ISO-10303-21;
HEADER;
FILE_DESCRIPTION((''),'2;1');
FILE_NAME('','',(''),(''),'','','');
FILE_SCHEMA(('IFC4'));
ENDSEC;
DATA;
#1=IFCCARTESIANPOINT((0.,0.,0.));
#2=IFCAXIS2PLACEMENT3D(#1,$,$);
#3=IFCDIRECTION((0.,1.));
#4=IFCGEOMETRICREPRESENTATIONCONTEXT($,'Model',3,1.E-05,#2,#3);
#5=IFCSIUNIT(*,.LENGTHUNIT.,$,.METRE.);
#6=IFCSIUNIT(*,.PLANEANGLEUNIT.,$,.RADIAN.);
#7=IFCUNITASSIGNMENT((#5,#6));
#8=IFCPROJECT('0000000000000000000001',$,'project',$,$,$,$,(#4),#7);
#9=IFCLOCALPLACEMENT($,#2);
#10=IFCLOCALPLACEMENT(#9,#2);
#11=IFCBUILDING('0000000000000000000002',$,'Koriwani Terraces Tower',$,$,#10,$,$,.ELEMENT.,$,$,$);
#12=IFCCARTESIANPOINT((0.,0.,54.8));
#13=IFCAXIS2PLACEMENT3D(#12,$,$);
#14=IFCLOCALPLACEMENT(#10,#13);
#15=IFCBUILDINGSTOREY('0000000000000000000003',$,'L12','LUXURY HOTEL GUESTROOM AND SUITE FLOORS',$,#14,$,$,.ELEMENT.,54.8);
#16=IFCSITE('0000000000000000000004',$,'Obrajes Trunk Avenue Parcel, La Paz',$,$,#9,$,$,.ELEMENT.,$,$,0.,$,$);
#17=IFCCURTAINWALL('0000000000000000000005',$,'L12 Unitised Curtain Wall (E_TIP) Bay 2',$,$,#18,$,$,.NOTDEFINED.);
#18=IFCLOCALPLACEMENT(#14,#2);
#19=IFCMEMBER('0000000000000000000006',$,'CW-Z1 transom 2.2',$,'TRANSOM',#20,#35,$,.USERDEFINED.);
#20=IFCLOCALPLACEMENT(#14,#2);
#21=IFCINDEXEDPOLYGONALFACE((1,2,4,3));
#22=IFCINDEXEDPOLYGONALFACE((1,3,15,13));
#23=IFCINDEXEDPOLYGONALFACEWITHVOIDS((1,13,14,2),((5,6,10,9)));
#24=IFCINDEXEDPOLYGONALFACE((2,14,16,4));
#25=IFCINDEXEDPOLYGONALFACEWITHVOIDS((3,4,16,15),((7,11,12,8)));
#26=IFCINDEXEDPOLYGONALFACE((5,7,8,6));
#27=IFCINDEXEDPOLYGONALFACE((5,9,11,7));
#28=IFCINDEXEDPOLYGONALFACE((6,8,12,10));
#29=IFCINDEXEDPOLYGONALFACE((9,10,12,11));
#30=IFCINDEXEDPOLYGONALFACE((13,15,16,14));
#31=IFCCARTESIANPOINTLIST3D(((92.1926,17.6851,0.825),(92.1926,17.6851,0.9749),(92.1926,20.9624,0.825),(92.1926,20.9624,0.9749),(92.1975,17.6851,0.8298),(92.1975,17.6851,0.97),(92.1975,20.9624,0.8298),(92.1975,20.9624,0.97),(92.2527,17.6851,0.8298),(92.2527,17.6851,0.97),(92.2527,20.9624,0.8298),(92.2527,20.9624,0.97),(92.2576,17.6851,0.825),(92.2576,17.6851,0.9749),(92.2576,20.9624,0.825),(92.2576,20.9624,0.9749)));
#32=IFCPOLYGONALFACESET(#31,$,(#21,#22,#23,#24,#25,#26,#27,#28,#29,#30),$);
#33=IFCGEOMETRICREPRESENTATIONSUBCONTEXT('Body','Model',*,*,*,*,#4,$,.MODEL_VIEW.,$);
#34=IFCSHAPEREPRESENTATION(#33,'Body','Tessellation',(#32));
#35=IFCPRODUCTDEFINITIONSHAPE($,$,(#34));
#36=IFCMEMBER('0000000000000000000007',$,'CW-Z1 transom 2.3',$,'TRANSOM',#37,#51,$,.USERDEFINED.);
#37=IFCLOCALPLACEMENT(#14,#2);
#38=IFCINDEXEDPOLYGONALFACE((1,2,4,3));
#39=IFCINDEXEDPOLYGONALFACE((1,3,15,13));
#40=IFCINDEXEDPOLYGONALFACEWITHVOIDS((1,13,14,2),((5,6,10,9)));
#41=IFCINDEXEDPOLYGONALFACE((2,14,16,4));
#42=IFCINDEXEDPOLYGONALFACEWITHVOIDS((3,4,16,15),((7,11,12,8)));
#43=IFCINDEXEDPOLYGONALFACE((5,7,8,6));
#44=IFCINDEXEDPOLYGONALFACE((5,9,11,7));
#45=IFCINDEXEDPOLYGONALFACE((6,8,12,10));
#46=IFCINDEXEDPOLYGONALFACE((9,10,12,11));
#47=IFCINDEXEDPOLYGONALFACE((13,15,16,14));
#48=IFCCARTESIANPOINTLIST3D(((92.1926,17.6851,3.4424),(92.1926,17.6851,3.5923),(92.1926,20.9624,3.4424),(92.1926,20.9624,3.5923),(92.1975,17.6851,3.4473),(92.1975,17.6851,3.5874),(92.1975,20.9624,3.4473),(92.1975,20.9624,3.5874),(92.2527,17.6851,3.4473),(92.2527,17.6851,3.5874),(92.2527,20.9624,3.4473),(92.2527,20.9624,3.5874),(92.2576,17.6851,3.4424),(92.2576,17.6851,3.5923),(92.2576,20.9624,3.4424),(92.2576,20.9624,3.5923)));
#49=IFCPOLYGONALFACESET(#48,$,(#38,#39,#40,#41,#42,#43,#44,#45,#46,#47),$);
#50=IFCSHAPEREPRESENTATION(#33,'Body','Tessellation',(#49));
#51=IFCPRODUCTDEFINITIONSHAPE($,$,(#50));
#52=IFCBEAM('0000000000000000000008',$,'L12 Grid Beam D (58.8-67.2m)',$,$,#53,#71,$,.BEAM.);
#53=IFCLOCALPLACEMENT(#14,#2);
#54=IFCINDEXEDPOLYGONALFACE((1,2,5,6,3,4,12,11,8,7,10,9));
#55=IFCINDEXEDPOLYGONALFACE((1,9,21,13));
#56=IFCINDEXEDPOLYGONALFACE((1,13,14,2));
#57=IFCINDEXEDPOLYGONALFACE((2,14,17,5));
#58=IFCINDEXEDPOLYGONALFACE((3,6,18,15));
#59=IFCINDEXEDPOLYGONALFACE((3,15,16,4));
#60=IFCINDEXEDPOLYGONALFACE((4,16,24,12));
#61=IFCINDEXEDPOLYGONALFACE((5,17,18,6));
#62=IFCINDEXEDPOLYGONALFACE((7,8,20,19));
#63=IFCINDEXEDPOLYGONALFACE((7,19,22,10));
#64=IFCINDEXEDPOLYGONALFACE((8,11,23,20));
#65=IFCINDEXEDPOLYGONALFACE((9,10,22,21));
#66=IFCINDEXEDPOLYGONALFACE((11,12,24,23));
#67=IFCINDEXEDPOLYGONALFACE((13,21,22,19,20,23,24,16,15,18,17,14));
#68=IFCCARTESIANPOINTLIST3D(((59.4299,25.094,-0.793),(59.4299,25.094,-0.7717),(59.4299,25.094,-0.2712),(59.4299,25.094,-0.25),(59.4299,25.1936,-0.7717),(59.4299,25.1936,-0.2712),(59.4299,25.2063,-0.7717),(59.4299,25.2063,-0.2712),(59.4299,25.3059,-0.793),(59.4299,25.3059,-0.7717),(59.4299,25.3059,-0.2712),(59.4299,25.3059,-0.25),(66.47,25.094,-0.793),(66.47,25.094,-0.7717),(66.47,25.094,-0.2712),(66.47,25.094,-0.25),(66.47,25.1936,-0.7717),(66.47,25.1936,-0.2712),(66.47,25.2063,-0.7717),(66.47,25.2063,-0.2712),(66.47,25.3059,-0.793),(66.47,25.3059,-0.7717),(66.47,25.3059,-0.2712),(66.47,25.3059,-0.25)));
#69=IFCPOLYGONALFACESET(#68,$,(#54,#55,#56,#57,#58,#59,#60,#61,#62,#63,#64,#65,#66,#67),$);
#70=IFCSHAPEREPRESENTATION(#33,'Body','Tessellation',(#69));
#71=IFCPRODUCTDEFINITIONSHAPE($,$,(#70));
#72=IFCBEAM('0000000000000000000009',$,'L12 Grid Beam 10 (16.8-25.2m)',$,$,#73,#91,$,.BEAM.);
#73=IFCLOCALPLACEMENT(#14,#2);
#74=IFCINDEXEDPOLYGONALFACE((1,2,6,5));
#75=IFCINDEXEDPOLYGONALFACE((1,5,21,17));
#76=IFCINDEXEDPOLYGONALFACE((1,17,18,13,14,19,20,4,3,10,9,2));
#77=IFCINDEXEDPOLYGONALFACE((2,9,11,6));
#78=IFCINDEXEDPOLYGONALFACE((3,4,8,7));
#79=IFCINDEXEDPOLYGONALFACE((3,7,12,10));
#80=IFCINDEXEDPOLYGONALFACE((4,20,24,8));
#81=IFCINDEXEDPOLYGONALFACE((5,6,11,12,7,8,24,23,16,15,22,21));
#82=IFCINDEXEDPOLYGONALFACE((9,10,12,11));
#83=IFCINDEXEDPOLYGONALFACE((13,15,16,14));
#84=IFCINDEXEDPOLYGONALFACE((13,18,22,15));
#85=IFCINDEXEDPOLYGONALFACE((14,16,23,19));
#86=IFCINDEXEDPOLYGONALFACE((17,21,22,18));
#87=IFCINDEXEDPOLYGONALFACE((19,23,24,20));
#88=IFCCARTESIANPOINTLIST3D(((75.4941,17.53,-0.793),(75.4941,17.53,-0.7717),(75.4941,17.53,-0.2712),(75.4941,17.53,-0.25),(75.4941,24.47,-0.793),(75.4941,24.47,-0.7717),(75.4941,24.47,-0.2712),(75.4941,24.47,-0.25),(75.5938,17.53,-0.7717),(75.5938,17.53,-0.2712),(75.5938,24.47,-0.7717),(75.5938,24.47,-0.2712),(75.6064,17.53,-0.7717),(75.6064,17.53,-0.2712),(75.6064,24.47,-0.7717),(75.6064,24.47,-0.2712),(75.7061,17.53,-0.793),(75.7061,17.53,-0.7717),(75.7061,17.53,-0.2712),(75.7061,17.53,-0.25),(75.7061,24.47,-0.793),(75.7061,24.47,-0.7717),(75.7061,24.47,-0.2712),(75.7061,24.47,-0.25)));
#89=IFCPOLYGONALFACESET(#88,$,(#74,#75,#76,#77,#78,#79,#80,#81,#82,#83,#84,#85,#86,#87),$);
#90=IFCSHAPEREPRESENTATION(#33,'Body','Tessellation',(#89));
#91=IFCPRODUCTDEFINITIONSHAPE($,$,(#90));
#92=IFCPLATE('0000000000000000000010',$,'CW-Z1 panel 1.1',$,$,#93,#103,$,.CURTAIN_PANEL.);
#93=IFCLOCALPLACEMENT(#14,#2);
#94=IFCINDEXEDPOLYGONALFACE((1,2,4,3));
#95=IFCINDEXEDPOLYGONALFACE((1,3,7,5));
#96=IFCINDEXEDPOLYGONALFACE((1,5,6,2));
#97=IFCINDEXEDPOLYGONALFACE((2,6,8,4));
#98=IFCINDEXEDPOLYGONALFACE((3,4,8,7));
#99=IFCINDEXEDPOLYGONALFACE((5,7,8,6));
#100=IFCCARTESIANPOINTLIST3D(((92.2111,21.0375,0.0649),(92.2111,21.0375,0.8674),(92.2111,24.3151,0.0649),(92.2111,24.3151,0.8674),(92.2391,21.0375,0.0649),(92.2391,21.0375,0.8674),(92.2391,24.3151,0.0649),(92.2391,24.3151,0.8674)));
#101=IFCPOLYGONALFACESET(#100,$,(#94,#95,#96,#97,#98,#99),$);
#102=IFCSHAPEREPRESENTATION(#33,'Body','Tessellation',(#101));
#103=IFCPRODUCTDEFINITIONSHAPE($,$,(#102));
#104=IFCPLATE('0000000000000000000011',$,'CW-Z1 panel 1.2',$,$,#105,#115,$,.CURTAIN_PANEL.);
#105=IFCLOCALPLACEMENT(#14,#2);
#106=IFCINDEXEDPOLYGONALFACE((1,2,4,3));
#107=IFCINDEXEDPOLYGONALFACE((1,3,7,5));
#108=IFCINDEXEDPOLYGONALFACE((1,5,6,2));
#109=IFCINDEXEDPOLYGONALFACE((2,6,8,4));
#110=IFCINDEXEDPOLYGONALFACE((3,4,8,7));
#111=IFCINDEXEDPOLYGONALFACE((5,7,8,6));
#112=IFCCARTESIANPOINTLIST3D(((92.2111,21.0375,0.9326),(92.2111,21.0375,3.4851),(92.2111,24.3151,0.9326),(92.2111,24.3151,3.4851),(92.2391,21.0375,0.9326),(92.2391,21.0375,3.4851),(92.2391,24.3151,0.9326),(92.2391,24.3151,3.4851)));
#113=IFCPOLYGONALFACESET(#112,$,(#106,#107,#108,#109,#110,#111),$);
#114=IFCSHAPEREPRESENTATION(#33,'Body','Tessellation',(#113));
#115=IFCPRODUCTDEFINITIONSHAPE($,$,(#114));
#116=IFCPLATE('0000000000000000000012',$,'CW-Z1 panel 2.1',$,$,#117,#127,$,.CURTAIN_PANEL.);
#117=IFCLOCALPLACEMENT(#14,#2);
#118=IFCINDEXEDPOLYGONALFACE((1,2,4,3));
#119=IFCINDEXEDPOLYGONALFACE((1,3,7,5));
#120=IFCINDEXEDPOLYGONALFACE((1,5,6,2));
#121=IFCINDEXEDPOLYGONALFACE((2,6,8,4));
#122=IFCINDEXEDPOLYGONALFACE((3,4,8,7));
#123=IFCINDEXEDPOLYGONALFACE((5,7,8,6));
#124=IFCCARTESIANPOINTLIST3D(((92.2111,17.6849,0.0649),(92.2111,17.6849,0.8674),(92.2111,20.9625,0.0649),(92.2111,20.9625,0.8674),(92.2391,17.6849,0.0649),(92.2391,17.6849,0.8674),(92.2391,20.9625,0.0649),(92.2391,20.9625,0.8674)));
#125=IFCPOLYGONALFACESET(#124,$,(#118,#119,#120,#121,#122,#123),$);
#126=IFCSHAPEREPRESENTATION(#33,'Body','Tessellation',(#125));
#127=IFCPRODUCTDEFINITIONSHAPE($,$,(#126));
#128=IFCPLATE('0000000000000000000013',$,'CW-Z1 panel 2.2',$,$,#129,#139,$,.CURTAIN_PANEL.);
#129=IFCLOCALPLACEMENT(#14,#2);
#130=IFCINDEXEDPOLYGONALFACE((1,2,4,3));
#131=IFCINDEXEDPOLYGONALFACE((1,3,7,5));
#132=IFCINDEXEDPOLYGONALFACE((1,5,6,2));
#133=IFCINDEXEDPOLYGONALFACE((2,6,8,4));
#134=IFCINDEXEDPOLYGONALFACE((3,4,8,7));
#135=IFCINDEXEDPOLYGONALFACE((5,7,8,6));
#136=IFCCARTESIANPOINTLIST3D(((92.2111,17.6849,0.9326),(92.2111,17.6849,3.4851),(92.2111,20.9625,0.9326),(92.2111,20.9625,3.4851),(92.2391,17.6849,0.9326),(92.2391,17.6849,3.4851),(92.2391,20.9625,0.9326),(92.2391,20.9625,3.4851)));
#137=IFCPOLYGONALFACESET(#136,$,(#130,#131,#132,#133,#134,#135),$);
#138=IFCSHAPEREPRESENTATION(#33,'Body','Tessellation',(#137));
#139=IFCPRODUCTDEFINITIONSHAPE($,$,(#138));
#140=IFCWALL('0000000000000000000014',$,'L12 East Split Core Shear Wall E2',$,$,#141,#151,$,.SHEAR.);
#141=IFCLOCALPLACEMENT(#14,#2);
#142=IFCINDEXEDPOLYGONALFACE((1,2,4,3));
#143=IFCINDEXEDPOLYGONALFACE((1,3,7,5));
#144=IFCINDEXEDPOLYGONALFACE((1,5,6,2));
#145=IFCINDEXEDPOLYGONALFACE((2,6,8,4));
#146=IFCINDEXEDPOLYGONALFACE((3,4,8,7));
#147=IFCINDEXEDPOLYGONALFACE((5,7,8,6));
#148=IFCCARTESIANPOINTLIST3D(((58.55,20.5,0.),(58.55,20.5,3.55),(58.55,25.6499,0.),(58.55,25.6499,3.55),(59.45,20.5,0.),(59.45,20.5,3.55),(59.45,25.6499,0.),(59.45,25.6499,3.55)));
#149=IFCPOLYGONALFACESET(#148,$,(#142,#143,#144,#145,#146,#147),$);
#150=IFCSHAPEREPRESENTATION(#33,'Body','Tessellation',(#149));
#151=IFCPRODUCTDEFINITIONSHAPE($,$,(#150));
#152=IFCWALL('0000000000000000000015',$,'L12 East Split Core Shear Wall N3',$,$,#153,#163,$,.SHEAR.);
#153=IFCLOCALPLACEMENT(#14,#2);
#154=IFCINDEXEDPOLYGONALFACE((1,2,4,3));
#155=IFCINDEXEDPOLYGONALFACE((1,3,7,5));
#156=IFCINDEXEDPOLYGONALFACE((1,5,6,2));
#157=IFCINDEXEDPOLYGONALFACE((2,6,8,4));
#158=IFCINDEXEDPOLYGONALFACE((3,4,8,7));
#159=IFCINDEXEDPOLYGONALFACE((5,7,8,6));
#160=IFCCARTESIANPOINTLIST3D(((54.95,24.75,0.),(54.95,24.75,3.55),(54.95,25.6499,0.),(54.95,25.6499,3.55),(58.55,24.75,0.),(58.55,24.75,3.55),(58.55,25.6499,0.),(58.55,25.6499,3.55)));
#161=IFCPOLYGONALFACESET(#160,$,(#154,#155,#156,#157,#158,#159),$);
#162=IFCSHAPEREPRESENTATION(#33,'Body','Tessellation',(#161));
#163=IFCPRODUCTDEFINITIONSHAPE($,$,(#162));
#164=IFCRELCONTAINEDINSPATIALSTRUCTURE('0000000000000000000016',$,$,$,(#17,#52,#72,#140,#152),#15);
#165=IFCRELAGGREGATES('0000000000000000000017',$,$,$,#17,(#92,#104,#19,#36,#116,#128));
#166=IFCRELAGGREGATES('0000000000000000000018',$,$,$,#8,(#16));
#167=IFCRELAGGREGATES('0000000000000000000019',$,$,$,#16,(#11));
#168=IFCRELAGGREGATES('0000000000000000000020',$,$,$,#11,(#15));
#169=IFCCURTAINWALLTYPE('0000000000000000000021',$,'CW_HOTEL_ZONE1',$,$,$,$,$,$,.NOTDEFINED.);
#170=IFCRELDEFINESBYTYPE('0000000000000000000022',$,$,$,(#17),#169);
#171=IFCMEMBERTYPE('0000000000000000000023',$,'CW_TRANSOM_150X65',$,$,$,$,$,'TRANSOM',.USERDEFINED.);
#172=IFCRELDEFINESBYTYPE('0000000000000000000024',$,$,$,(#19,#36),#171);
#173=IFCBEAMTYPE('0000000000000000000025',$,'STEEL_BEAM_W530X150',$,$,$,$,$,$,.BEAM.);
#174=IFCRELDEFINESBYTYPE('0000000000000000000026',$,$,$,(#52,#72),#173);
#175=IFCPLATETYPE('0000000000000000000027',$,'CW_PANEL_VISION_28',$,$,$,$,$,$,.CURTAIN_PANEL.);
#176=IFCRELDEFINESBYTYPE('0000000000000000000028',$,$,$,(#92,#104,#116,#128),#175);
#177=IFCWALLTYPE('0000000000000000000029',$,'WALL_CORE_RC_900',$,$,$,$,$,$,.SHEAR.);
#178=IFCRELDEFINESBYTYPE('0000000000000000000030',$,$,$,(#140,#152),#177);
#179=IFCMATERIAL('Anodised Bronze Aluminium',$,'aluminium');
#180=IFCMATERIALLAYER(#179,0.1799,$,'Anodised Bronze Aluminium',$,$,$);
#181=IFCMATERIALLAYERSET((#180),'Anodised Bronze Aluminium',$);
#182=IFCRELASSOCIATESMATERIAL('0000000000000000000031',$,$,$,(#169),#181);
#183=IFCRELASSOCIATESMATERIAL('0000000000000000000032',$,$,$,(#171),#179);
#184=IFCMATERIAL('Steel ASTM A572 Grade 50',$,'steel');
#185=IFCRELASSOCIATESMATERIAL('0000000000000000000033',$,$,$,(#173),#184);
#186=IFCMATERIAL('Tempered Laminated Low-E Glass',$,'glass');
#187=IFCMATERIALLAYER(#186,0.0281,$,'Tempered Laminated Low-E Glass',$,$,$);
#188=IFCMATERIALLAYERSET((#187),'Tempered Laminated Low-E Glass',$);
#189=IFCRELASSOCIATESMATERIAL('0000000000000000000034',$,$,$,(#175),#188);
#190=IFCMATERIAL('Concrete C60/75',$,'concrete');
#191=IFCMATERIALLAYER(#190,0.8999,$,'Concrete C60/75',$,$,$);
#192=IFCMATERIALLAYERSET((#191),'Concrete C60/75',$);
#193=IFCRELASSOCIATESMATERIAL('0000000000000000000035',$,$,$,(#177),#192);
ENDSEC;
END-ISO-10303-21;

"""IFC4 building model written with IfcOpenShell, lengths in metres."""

from ifc_helpers import new_model, si_unit, direction, frame, frame_2d, origin, origin_2d, place, context, subcontext, project, spatial, rectangle, hollow_rectangle, i_section, extrude, material, layer, layer_set, material_profile, profile_set, type_object, element, aggregate, save


model = new_model("IFC4")

# Units and contexts
model_context = context("Model", 3, precision=1e-05, world=origin(), true_north=direction((0.0, 1.0)))
body_context = subcontext(model_context, "Body", "Model", "MODEL_VIEW")
ifc_project = project(units=[si_unit("LENGTHUNIT", "METRE"), si_unit("PLANEANGLEUNIT", "RADIAN")], contexts=[model_context])

# Site, building, storey
site_placement = place(None, origin())
site = spatial("IfcSite", under=ifc_project, at=site_placement, Name="Obrajes Trunk Avenue Parcel, La Paz", CompositionType="ELEMENT", RefElevation=0.0)
building_placement = place(site_placement, origin())
building = spatial("IfcBuilding", under=site, at=building_placement, Name="Koriwani Terraces Tower", CompositionType="ELEMENT")
storey_placement = place(building_placement, frame((0.0, 0.0, 54.8)))
storey = spatial("IfcBuildingStorey", under=building, at=storey_placement, Name="L12", Description="LUXURY HOTEL GUESTROOM AND SUITE FLOORS", CompositionType="ELEMENT", Elevation=54.8)

# Shared definitions
ifc_material_1 = material(Name="Concrete C60/75", Category="concrete")

# Curtain wall, members
ifc_material_2 = material(Name="Anodised Bronze Aluminium", Category="aluminium")
ifc_layer_1 = layer(ifc_material_2, 0.1799, Name="Anodised Bronze Aluminium")
ifc_layer_set_1 = layer_set([ifc_layer_1], Name="Anodised Bronze Aluminium")
curtain_wall_type = type_object("IfcCurtainWallType", Name="CW_HOTEL_ZONE1", PredefinedType="NOTDEFINED", material=ifc_layer_set_1)
curtain_wall_placement = place(storey_placement, origin())
curtain_wall = element("IfcCurtainWall", 1, at=curtain_wall_placement, inside=storey, type_object=curtain_wall_type, Name="L12 Unitised Curtain Wall (E_TIP) Bay 2", PredefinedType="NOTDEFINED")
ifc_material_profile_1 = material_profile(ifc_material_2, hollow_rectangle(XDim=0.0649, YDim=0.1499, WallThickness=0.0049, at=origin_2d()), Name="Anodised Bronze Aluminium", Category="LoadBearing")
ifc_profile_set_1 = profile_set([ifc_material_profile_1], Name="Anodised Bronze Aluminium")
member_type_1 = type_object("IfcMemberType", Name="CW_TRANSOM_150X65", ElementType="TRANSOM", PredefinedType="USERDEFINED", material=ifc_profile_set_1)
member_1_placement = place(storey_placement, frame((92.2251, 20.9624, 0.8999), z_axis=(0.0, -1.0, 0.0), x_axis=(1.0, 0.0, 0.0)))
member_1 = element("IfcMember", 2, at=member_1_placement, type_object=member_type_1, Name="CW-Z1 transom 2.2", ObjectType="TRANSOM", PredefinedType="USERDEFINED", context=body_context, shape_type="SweptSolid", body=[
    extrude(hollow_rectangle(XDim=0.0649, YDim=0.1499, WallThickness=0.0049, at=origin_2d()), origin(), (0.0, 0.0, 1.0), 3.2773),
])
member_2_placement = place(storey_placement, frame((92.2251, 20.9624, 3.5173), z_axis=(0.0, -1.0, 0.0), x_axis=(1.0, 0.0, 0.0)))
member_2 = element("IfcMember", 3, at=member_2_placement, type_object=member_type_1, Name="CW-Z1 transom 2.3", ObjectType="TRANSOM", PredefinedType="USERDEFINED", context=body_context, shape_type="SweptSolid", body=[
    extrude(hollow_rectangle(XDim=0.0649, YDim=0.1499, WallThickness=0.0049, at=origin_2d()), origin(), (0.0, 0.0, 1.0), 3.2773),
])

# Beams
ifc_material_3 = material(Name="Steel ASTM A572 Grade 50", Category="steel")
ifc_material_profile_2 = material_profile(ifc_material_3, i_section(OverallWidth=0.2119, OverallDepth=0.543, WebThickness=0.0127, FlangeThickness=0.0212, at=origin_2d()), Name="Steel ASTM A572 Grade 50", Category="LoadBearing")
ifc_profile_set_2 = profile_set([ifc_material_profile_2], Name="Steel ASTM A572 Grade 50")
beam_type_1 = type_object("IfcBeamType", Name="STEEL_BEAM_W530X150", PredefinedType="BEAM", material=ifc_profile_set_2)
beam_1_placement = place(storey_placement, frame((59.4299, 25.2, -0.5215), z_axis=(1.0, 0.0, 0.0), x_axis=(0.0, 1.0, 0.0)))
element("IfcBeam", 4, at=beam_1_placement, inside=storey, type_object=beam_type_1, Name="L12 Grid Beam D (58.8-67.2m)", PredefinedType="BEAM", context=body_context, shape_type="SweptSolid", body=[
    extrude(i_section(OverallWidth=0.2119, OverallDepth=0.543, WebThickness=0.0127, FlangeThickness=0.0212, at=origin_2d()), origin(), (0.0, 0.0, 1.0), 7.04),
])
beam_2_placement = place(storey_placement, frame((75.6001, 17.53, -0.5215), z_axis=(0.0, 1.0, 0.0), x_axis=(-1.0, 0.0, 0.0)))
element("IfcBeam", 5, at=beam_2_placement, inside=storey, type_object=beam_type_1, Name="L12 Grid Beam 10 (16.8-25.2m)", PredefinedType="BEAM", context=body_context, shape_type="SweptSolid", body=[
    extrude(i_section(OverallWidth=0.2119, OverallDepth=0.543, WebThickness=0.0127, FlangeThickness=0.0212, at=origin_2d()), origin(), (0.0, 0.0, 1.0), 6.9399),
])

# Plates
ifc_material_4 = material(Name="Tempered Laminated Low-E Glass", Category="glass")
ifc_layer_2 = layer(ifc_material_4, 0.0281, Name="Tempered Laminated Low-E Glass")
ifc_layer_set_2 = layer_set([ifc_layer_2], Name="Tempered Laminated Low-E Glass")
plate_type = type_object("IfcPlateType", Name="CW_PANEL_VISION_28", PredefinedType="CURTAIN_PANEL", material=ifc_layer_set_2)
plate_1_placement = place(storey_placement, frame((92.2251, 22.6763, 0.0649), z_axis=(0.0, 0.0, 1.0), x_axis=(0.0, -1.0, 0.0)))
plate_1 = element("IfcPlate", 6, at=plate_1_placement, type_object=plate_type, Name="CW-Z1 panel 1.1", PredefinedType="CURTAIN_PANEL", context=body_context, shape_type="SweptSolid", body=[
    extrude(rectangle(XDim=3.2776, YDim=0.0281, at=origin_2d()), origin(), (0.0, 0.0, 1.0), 0.8025),
])
plate_2_placement = place(storey_placement, frame((92.2251, 22.6763, 0.9326), z_axis=(0.0, 0.0, 1.0), x_axis=(0.0, -1.0, 0.0)))
plate_2 = element("IfcPlate", 7, at=plate_2_placement, type_object=plate_type, Name="CW-Z1 panel 1.2", PredefinedType="CURTAIN_PANEL", context=body_context, shape_type="SweptSolid", body=[
    extrude(rectangle(XDim=3.2776, YDim=0.0281, at=origin_2d()), origin(), (0.0, 0.0, 1.0), 2.5525),
])
plate_3_placement = place(storey_placement, frame((92.2251, 19.3237, 0.0649), z_axis=(0.0, 0.0, 1.0), x_axis=(0.0, -1.0, 0.0)))
plate_3 = element("IfcPlate", 8, at=plate_3_placement, type_object=plate_type, Name="CW-Z1 panel 2.1", PredefinedType="CURTAIN_PANEL", context=body_context, shape_type="SweptSolid", body=[
    extrude(rectangle(XDim=3.2776, YDim=0.0281, at=origin_2d()), origin(), (0.0, 0.0, 1.0), 0.8025),
])
plate_4_placement = place(storey_placement, frame((92.2251, 19.3237, 0.9326), z_axis=(0.0, 0.0, 1.0), x_axis=(0.0, -1.0, 0.0)))
plate_4 = element("IfcPlate", 9, at=plate_4_placement, type_object=plate_type, Name="CW-Z1 panel 2.2", PredefinedType="CURTAIN_PANEL", context=body_context, shape_type="SweptSolid", body=[
    extrude(rectangle(XDim=3.2776, YDim=0.0281, at=origin_2d()), origin(), (0.0, 0.0, 1.0), 2.5525),
])
aggregate(curtain_wall, [plate_1, plate_2, member_1, member_2, plate_3, plate_4])

# Walls
ifc_layer_3 = layer(ifc_material_1, 0.8999, Name="Concrete C60/75")
ifc_layer_set_3 = layer_set([ifc_layer_3], Name="Concrete C60/75")
wall_type_1 = type_object("IfcWallType", Name="WALL_CORE_RC_900", PredefinedType="SHEAR", material=ifc_layer_set_3)
wall_1_placement = place(storey_placement, frame((59.0, 20.5, 0.0), z_axis=(0.0, 0.0, 1.0), x_axis=(0.0, 1.0, 0.0)))
element("IfcWall", 10, at=wall_1_placement, inside=storey, type_object=wall_type_1, Name="L12 East Split Core Shear Wall E2", PredefinedType="SHEAR", context=body_context, shape_type="SweptSolid", body=[
    extrude(rectangle(XDim=5.1499, YDim=0.8999, at=frame_2d((2.575, 0.0))), origin(), (0.0, 0.0, 1.0), 3.55),
])
wall_2_placement = place(storey_placement, frame((54.95, 25.2, 0.0), z_axis=(0.0, 0.0, 1.0), x_axis=(1.0, 0.0, 0.0)))
element("IfcWall", 11, at=wall_2_placement, inside=storey, type_object=wall_type_1, Name="L12 East Split Core Shear Wall N3", PredefinedType="SHEAR", context=body_context, shape_type="SweptSolid", body=[
    extrude(rectangle(XDim=3.6001, YDim=0.8999, at=frame_2d((1.8, 0.0))), origin(), (0.0, 0.0, 1.0), 3.55),
])

save(model, "model.ifc")
